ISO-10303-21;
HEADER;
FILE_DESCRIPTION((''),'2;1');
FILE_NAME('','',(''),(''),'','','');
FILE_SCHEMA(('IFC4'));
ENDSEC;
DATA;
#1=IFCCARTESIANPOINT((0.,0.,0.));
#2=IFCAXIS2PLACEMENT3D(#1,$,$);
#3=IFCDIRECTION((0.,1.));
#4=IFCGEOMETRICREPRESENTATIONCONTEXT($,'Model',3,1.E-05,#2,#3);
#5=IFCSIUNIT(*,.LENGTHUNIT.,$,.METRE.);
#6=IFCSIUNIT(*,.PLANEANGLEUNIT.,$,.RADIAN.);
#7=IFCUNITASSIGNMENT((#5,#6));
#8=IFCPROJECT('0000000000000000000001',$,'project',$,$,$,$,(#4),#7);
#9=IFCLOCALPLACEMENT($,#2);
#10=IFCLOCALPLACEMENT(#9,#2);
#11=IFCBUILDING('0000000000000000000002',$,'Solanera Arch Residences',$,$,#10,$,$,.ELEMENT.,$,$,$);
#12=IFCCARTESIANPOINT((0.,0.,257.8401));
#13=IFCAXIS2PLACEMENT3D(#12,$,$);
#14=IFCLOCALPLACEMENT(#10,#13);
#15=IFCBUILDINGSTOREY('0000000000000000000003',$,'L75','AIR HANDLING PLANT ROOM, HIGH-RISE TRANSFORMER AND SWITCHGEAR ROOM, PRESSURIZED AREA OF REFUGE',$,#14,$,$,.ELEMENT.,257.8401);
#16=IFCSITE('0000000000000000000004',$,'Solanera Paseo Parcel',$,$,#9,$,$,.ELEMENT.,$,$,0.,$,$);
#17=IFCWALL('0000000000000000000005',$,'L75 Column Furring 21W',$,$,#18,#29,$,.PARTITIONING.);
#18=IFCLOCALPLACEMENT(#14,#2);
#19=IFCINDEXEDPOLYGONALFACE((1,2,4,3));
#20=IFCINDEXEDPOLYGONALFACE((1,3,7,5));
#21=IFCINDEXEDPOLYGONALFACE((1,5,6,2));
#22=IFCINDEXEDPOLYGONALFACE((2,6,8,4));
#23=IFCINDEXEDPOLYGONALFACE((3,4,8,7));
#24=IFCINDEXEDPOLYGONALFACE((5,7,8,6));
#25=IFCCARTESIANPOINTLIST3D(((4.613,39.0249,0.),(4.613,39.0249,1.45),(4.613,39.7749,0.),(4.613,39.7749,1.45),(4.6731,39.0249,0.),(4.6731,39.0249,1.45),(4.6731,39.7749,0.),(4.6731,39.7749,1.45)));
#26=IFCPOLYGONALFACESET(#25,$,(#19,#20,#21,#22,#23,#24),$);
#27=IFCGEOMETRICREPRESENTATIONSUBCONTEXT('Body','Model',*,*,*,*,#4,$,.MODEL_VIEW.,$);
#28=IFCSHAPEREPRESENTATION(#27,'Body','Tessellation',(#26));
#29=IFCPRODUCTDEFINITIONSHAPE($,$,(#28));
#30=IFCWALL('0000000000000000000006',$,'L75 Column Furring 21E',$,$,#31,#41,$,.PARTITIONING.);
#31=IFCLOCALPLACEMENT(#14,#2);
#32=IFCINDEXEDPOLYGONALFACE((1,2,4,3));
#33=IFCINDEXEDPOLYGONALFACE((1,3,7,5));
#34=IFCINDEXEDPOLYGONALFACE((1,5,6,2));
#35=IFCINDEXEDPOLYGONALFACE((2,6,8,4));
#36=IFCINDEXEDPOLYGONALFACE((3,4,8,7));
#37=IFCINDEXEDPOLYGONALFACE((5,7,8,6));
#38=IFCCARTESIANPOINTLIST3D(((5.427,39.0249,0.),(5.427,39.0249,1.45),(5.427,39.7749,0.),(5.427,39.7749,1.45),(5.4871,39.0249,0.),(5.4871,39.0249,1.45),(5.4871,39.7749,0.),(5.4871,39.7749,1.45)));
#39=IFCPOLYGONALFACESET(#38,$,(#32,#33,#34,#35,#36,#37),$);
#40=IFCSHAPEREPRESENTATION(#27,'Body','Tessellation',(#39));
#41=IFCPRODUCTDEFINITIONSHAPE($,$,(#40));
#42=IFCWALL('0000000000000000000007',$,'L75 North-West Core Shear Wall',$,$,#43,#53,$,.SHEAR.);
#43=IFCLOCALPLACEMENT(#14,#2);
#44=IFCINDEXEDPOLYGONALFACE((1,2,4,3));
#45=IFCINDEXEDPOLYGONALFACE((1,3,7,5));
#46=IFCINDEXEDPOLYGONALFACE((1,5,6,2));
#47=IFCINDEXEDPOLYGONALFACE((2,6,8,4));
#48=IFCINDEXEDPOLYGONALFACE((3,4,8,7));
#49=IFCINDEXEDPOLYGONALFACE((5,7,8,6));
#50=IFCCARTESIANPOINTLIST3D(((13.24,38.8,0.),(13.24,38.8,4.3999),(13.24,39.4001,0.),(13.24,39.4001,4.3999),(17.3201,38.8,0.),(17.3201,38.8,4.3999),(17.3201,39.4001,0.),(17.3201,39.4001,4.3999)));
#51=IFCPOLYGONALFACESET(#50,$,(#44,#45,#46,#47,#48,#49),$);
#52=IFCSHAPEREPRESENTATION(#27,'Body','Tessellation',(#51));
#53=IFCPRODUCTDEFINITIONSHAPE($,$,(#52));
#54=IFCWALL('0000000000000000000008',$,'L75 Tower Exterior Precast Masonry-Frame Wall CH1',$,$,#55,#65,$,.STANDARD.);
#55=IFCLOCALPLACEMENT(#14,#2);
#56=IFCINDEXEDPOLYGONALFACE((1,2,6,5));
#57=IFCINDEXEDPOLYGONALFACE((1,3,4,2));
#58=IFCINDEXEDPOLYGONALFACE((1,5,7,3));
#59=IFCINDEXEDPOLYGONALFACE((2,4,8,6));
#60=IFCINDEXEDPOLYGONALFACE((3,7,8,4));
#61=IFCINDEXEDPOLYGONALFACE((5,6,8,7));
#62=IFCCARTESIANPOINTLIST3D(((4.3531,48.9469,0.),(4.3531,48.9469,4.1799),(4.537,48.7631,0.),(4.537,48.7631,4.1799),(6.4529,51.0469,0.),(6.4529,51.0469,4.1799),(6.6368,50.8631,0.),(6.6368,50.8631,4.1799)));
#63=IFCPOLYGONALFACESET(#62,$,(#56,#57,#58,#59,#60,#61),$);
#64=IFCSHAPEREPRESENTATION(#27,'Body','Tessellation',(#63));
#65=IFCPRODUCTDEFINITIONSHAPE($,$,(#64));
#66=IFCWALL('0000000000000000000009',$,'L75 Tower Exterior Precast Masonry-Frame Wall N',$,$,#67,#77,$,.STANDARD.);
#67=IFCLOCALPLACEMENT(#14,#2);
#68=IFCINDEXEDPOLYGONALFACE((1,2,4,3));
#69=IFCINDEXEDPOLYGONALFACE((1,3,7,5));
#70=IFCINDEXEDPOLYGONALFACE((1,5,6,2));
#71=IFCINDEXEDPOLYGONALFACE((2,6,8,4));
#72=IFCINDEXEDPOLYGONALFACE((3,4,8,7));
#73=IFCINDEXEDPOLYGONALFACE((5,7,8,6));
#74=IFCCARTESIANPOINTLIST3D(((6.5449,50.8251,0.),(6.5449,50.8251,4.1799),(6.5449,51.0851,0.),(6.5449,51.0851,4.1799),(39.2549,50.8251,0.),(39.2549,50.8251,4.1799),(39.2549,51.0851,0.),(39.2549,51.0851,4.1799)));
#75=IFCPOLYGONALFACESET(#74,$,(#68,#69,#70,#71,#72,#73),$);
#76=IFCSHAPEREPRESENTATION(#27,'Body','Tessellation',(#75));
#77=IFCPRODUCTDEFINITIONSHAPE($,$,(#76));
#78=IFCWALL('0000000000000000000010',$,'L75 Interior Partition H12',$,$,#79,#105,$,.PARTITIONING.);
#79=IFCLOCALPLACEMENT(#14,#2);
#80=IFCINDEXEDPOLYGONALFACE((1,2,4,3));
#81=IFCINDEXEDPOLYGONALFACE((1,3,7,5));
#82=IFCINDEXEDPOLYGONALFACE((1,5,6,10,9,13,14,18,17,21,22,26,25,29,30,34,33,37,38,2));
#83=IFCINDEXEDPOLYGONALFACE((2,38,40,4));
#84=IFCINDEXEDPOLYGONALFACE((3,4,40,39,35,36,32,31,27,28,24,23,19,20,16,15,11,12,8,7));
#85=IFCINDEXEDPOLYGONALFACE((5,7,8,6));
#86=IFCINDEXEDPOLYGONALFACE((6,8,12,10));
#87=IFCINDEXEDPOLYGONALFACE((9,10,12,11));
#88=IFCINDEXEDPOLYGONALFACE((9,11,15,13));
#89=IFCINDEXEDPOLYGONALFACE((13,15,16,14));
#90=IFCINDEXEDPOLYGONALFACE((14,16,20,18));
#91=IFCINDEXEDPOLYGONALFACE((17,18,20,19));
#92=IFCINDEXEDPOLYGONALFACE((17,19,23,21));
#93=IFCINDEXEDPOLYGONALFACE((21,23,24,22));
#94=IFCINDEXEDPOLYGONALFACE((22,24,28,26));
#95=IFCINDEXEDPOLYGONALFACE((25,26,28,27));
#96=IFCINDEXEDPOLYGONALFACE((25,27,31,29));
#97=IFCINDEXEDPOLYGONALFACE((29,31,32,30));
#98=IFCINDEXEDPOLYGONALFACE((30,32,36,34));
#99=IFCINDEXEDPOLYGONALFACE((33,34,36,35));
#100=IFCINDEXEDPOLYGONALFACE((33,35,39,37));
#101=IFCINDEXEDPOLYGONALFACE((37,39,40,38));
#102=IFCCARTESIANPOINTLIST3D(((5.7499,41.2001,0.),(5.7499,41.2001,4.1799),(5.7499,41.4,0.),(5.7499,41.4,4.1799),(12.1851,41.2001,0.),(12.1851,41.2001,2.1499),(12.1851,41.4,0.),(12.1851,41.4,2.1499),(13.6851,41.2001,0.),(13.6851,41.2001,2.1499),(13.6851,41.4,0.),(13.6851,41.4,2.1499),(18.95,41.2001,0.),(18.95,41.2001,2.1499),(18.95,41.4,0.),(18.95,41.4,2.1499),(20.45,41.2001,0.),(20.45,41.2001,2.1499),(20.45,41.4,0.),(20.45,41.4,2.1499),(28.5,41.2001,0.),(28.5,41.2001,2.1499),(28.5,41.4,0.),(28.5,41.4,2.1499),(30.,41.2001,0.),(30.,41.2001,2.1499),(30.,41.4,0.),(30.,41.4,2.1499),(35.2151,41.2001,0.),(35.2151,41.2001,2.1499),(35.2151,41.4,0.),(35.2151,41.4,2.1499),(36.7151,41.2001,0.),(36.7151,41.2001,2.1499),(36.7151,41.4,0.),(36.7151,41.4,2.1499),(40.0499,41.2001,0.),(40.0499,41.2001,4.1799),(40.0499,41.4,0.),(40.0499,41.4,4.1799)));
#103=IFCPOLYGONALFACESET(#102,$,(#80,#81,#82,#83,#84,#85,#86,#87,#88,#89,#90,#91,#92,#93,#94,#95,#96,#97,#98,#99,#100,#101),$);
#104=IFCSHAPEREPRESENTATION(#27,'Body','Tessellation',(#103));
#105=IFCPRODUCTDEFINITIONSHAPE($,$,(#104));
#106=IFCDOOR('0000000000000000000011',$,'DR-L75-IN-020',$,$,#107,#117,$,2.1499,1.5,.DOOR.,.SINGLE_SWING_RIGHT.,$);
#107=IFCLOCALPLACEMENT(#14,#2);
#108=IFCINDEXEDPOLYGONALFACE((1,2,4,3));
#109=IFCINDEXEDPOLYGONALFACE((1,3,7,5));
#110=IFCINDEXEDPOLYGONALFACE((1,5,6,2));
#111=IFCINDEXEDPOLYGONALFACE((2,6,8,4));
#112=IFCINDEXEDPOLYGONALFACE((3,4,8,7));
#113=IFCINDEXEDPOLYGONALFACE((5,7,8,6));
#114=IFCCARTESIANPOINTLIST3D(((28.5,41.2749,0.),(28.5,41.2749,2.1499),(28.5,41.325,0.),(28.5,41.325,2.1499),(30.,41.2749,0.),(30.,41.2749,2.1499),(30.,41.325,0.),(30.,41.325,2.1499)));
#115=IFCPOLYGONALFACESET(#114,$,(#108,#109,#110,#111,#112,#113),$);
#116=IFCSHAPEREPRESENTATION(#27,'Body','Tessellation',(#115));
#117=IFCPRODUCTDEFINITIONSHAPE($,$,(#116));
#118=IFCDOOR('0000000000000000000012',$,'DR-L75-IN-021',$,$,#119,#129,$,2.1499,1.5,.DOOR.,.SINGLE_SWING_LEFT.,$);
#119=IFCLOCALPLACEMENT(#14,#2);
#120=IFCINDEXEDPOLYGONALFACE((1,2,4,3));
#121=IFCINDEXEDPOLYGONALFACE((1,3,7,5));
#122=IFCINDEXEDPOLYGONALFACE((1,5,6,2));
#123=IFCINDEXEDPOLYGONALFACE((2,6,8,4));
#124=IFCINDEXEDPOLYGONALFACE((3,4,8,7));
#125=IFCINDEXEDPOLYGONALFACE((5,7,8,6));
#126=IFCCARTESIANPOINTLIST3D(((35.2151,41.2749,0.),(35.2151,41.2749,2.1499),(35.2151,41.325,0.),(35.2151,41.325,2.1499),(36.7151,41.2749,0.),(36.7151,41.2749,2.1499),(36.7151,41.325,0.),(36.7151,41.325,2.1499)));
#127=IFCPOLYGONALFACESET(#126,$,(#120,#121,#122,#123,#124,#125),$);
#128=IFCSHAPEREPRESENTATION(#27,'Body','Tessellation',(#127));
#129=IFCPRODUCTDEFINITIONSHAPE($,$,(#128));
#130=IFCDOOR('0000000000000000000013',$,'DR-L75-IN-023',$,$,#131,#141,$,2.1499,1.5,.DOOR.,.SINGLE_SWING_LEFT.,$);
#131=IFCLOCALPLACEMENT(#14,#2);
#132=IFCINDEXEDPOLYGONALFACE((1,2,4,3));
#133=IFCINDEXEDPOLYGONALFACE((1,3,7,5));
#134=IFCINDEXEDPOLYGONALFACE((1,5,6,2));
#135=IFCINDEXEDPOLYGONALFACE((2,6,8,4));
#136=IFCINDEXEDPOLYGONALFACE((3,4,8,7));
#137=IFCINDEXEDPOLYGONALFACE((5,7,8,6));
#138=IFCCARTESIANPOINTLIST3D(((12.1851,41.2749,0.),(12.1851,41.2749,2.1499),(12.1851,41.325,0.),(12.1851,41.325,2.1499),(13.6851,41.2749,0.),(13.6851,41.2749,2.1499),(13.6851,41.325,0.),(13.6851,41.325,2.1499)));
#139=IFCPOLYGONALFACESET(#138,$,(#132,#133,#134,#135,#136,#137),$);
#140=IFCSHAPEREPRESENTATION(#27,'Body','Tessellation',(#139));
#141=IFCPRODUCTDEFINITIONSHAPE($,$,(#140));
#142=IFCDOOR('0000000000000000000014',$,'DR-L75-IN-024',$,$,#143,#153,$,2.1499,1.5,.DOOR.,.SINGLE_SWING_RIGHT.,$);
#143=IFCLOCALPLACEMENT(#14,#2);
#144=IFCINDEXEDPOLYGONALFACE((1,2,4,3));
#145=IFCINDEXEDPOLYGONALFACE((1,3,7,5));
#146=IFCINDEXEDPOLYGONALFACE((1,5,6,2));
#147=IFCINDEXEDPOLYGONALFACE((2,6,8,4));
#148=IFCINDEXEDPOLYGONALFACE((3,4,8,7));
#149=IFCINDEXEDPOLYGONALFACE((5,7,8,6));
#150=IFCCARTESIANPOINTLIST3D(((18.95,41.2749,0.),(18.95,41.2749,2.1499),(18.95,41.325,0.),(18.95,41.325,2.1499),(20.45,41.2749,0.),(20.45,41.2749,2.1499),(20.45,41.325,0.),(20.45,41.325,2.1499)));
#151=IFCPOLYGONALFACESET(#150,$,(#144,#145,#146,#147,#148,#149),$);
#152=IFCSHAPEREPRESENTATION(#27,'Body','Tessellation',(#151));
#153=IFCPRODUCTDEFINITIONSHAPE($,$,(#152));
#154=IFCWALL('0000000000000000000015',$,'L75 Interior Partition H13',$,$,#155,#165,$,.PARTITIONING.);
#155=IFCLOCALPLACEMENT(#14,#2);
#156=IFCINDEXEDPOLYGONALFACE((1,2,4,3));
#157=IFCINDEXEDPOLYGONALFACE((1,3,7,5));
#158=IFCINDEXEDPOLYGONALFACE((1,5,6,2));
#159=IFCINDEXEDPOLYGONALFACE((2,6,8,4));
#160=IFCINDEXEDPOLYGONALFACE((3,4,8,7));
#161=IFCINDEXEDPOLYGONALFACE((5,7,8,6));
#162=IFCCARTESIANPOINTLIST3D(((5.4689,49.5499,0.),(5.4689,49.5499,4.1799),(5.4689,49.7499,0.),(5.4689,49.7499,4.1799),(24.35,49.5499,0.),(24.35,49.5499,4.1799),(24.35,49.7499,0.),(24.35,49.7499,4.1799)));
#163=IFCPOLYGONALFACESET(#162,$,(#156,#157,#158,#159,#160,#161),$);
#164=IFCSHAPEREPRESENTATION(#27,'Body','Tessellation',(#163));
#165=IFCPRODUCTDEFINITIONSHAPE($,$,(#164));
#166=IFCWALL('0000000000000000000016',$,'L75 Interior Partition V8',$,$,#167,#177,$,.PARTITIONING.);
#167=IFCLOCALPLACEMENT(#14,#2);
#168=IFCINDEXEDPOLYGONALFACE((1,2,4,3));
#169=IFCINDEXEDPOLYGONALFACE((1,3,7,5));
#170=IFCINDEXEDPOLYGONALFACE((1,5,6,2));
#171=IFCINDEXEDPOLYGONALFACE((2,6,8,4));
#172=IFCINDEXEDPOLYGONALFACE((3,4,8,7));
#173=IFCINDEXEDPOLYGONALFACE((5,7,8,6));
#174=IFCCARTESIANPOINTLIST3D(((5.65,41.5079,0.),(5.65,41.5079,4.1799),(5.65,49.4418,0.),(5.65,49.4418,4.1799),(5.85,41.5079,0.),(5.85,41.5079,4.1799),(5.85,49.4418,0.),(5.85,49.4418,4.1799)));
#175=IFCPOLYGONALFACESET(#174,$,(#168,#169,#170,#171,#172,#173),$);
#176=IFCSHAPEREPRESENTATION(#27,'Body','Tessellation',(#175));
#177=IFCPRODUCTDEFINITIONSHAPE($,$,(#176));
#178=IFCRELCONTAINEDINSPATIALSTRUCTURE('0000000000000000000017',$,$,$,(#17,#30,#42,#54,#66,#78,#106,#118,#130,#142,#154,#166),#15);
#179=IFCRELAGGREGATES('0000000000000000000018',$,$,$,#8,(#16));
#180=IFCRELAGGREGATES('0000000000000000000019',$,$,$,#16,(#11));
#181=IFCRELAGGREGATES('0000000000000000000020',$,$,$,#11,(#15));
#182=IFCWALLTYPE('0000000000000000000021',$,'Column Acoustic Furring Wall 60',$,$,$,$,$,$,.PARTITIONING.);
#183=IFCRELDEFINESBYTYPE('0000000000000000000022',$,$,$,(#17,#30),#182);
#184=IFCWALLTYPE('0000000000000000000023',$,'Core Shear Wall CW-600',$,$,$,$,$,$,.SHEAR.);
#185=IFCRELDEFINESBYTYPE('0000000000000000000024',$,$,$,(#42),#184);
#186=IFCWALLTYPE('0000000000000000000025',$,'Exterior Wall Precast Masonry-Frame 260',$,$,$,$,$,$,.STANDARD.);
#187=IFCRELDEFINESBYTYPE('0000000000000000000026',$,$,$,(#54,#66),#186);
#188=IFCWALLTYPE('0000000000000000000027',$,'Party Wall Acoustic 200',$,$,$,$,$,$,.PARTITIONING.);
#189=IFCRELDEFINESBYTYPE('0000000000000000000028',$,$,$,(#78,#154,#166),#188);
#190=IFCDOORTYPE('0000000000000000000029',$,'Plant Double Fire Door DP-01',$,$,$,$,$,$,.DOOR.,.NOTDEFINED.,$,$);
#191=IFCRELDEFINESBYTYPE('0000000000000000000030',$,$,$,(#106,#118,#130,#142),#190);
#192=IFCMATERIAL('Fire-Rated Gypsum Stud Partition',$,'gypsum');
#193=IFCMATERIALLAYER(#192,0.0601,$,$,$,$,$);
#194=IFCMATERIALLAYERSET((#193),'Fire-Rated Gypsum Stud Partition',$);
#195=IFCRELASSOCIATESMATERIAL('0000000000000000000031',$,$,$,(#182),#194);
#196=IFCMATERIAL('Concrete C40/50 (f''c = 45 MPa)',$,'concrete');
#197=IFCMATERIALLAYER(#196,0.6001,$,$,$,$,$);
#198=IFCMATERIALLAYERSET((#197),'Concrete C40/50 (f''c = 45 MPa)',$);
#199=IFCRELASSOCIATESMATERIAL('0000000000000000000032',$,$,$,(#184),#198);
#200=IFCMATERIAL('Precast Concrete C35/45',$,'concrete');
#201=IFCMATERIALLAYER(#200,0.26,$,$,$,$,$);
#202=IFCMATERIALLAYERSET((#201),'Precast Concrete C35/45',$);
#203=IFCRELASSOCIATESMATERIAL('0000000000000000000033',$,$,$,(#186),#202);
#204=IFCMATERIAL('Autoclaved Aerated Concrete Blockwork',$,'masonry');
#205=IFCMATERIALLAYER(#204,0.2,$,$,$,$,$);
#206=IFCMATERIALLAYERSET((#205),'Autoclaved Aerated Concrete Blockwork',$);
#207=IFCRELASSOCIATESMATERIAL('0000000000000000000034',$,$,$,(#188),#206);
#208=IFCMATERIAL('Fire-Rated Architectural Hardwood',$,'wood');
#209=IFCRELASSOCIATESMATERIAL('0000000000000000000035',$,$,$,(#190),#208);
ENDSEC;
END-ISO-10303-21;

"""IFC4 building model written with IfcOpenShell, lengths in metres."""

from ifc_helpers import new_model, si_unit, direction, frame, frame_2d, origin, place, context, subcontext, project, spatial, rectangle, extrude, material, layer, layer_set, type_object, element, fill, save


model = new_model("IFC4")

# Units and contexts
model_context = context("Model", 3, precision=1e-05, world=origin(), true_north=direction((0.0, 1.0)))
body_context = subcontext(model_context, "Body", "Model", "MODEL_VIEW")
ifc_project = project(units=[si_unit("LENGTHUNIT", "METRE"), si_unit("PLANEANGLEUNIT", "RADIAN")], contexts=[model_context])

# Site, building, storey
site_placement = place(None, origin())
site = spatial("IfcSite", under=ifc_project, at=site_placement, Name="Solanera Paseo Parcel", CompositionType="ELEMENT", RefElevation=0.0)
building_placement = place(site_placement, origin())
building = spatial("IfcBuilding", under=site, at=building_placement, Name="Solanera Arch Residences", CompositionType="ELEMENT")
storey_placement = place(building_placement, frame((0.0, 0.0, 257.8401)))
storey = spatial("IfcBuildingStorey", under=building, at=storey_placement, Name="L75", Description="AIR HANDLING PLANT ROOM, HIGH-RISE TRANSFORMER AND SWITCHGEAR ROOM, PRESSURIZED AREA OF REFUGE", CompositionType="ELEMENT", Elevation=257.8401)

# Walls
ifc_material_1 = material(Name="Fire-Rated Gypsum Stud Partition", Category="gypsum")
ifc_layer_1 = layer(ifc_material_1, 0.0601)
ifc_layer_set_1 = layer_set([ifc_layer_1], Name="Fire-Rated Gypsum Stud Partition")
wall_type_1 = type_object("IfcWallType", Name="Column Acoustic Furring Wall 60", PredefinedType="PARTITIONING", material=ifc_layer_set_1)
for number, where, z_axis, x_axis, name in (
    (1, (4.6431, 39.0249, 0.0), (0.0, 0.0, 1.0), (0.0, 1.0, 0.0), "L75 Column Furring 21W"),
    (2, (5.457, 39.0249, 0.0), (0.0, 0.0, 1.0), (0.0, 1.0, 0.0), "L75 Column Furring 21E"),
):
    element("IfcWall", number, at=place(storey_placement, frame(where, z_axis=z_axis, x_axis=x_axis)), inside=storey, type_object=wall_type_1, Name=name, PredefinedType="PARTITIONING", context=body_context, shape_type="SweptSolid", body=[
        extrude(rectangle(XDim=0.75, YDim=0.0601, at=frame_2d((0.375, 0.0))), origin(), (0.0, 0.0, 1.0), 1.45),
    ])
ifc_material_2 = material(Name="Concrete C40/50 (f'c = 45 MPa)", Category="concrete")
ifc_layer_2 = layer(ifc_material_2, 0.6001)
ifc_layer_set_2 = layer_set([ifc_layer_2], Name="Concrete C40/50 (f'c = 45 MPa)")
wall_type_2 = type_object("IfcWallType", Name="Core Shear Wall CW-600", PredefinedType="SHEAR", material=ifc_layer_set_2)
wall_1_placement = place(storey_placement, frame((13.24, 39.1001, 0.0), z_axis=(0.0, 0.0, 1.0), x_axis=(1.0, 0.0, 0.0)))
element("IfcWall", 3, at=wall_1_placement, inside=storey, type_object=wall_type_2, Name="L75 North-West Core Shear Wall", PredefinedType="SHEAR", context=body_context, shape_type="SweptSolid", body=[
    extrude(rectangle(XDim=4.0801, YDim=0.6001, at=frame_2d((2.04, 0.0))), origin(), (0.0, 0.0, 1.0), 4.3999),
])

# Walls
ifc_material_3 = material(Name="Precast Concrete C35/45", Category="concrete")
ifc_layer_3 = layer(ifc_material_3, 0.26)
ifc_layer_set_3 = layer_set([ifc_layer_3], Name="Precast Concrete C35/45")
wall_type_3 = type_object("IfcWallType", Name="Exterior Wall Precast Masonry-Frame 260", PredefinedType="STANDARD", material=ifc_layer_set_3)
wall_2_placement = place(storey_placement, frame((4.4451, 48.855, 0.0), z_axis=(0.0, 0.0, 1.0), x_axis=(0.707066, 0.707148, 0.0)))
element("IfcWall", 4, at=wall_2_placement, inside=storey, type_object=wall_type_3, Name="L75 Tower Exterior Precast Masonry-Frame Wall CH1", PredefinedType="STANDARD", context=body_context, shape_type="SweptSolid", body=[
    extrude(rectangle(XDim=2.9697, YDim=0.26, at=frame_2d((1.4849, 0.0))), origin(), (0.0, 0.0, 1.0), 4.1799),
])
wall_3_placement = place(storey_placement, frame((6.5449, 50.9551, 0.0), z_axis=(0.0, 0.0, 1.0), x_axis=(1.0, 0.0, 0.0)))
element("IfcWall", 5, at=wall_3_placement, inside=storey, type_object=wall_type_3, Name="L75 Tower Exterior Precast Masonry-Frame Wall N", PredefinedType="STANDARD", context=body_context, shape_type="SweptSolid", body=[
    extrude(rectangle(XDim=32.71, YDim=0.26, at=frame_2d((16.355, 0.0))), origin(), (0.0, 0.0, 1.0), 4.1799),
])

# Wall, openings, doors
ifc_material_4 = material(Name="Autoclaved Aerated Concrete Blockwork", Category="masonry")
ifc_layer_4 = layer(ifc_material_4, 0.2)
ifc_layer_set_4 = layer_set([ifc_layer_4], Name="Autoclaved Aerated Concrete Blockwork")
wall_type_4 = type_object("IfcWallType", Name="Party Wall Acoustic 200", PredefinedType="PARTITIONING", material=ifc_layer_set_4)
wall_4_placement = place(storey_placement, frame((5.75, 41.3, 0.0), z_axis=(0.0, 0.0, 1.0), x_axis=(1.0, 0.0, 0.0)))
wall_4 = element("IfcWall", 6, at=wall_4_placement, inside=storey, type_object=wall_type_4, Name="L75 Interior Partition H12", PredefinedType="PARTITIONING", context=body_context, shape_type="SweptSolid", body=[
    extrude(rectangle(XDim=34.3, YDim=0.2, at=frame_2d((17.1499, 0.0))), origin(), (0.0, 0.0, 1.0), 4.1799),
])
opening_1_placement = place(wall_4_placement, frame((22.75, 0.0, 0.0)))
opening_1 = element("IfcOpeningElement", 7, at=opening_1_placement, cuts=wall_4, PredefinedType="OPENING", context=body_context, shape_type="SweptSolid", body=[
    extrude(rectangle(XDim=1.5, YDim=2.1499, at=frame_2d((0.75, 1.075))), frame((0.0, 0.1101, 0.0), z_axis=(0.0, -1.0, 0.0), x_axis=(1.0, 0.0, 0.0)), (0.0, 0.0, 1.0), 0.22),
])
opening_2_placement = place(wall_4_placement, frame((29.4651, 0.0, 0.0)))
opening_2 = element("IfcOpeningElement", 8, at=opening_2_placement, cuts=wall_4, PredefinedType="OPENING", context=body_context, shape_type="SweptSolid", body=[
    extrude(rectangle(XDim=1.5, YDim=2.1499, at=frame_2d((0.75, 1.075))), frame((0.0, 0.1101, 0.0), z_axis=(0.0, -1.0, 0.0), x_axis=(1.0, 0.0, 0.0)), (0.0, 0.0, 1.0), 0.22),
])
opening_3_placement = place(wall_4_placement, frame((6.4351, 0.0, 0.0)))
opening_3 = element("IfcOpeningElement", 9, at=opening_3_placement, cuts=wall_4, PredefinedType="OPENING", context=body_context, shape_type="SweptSolid", body=[
    extrude(rectangle(XDim=1.5, YDim=2.1499, at=frame_2d((0.75, 1.075))), frame((0.0, 0.1101, 0.0), z_axis=(0.0, -1.0, 0.0), x_axis=(1.0, 0.0, 0.0)), (0.0, 0.0, 1.0), 0.22),
])
opening_4_placement = place(wall_4_placement, frame((13.2, 0.0, 0.0)))
opening_4 = element("IfcOpeningElement", 10, at=opening_4_placement, cuts=wall_4, PredefinedType="OPENING", context=body_context, shape_type="SweptSolid", body=[
    extrude(rectangle(XDim=1.5, YDim=2.1499, at=frame_2d((0.75, 1.075))), frame((0.0, 0.1101, 0.0), z_axis=(0.0, -1.0, 0.0), x_axis=(1.0, 0.0, 0.0)), (0.0, 0.0, 1.0), 0.22),
])
ifc_material_5 = material(Name="Fire-Rated Architectural Hardwood", Category="wood")
door_type_1 = type_object("IfcDoorType", Name="Plant Double Fire Door DP-01", OperationType="NOTDEFINED", PredefinedType="DOOR", material=ifc_material_5)
door_1_placement = place(opening_1_placement, origin())
door_1 = element("IfcDoor", 11, at=door_1_placement, inside=storey, type_object=door_type_1, Name="DR-L75-IN-020", OperationType="SINGLE_SWING_RIGHT", OverallHeight=2.1499, OverallWidth=1.5, PredefinedType="DOOR", context=body_context, shape_type="SweptSolid", body=[
    extrude(rectangle(XDim=1.5, YDim=2.1499, at=frame_2d((0.75, 1.075))), frame((0.0, 0.0249, 0.0), z_axis=(0.0, -1.0, 0.0), x_axis=(1.0, 0.0, 0.0)), (0.0, 0.0, 1.0), 0.05),
])
fill(opening_1, door_1)
door_2_placement = place(opening_2_placement, origin())
door_2 = element("IfcDoor", 12, at=door_2_placement, inside=storey, type_object=door_type_1, Name="DR-L75-IN-021", OperationType="SINGLE_SWING_LEFT", OverallHeight=2.1499, OverallWidth=1.5, PredefinedType="DOOR", context=body_context, shape_type="SweptSolid", body=[
    extrude(rectangle(XDim=1.5, YDim=2.1499, at=frame_2d((0.75, 1.075))), frame((0.0, 0.0249, 0.0), z_axis=(0.0, -1.0, 0.0), x_axis=(1.0, 0.0, 0.0)), (0.0, 0.0, 1.0), 0.05),
])
fill(opening_2, door_2)
door_3_placement = place(opening_3_placement, origin())
door_3 = element("IfcDoor", 13, at=door_3_placement, inside=storey, type_object=door_type_1, Name="DR-L75-IN-023", OperationType="SINGLE_SWING_LEFT", OverallHeight=2.1499, OverallWidth=1.5, PredefinedType="DOOR", context=body_context, shape_type="SweptSolid", body=[
    extrude(rectangle(XDim=1.5, YDim=2.1499, at=frame_2d((0.75, 1.075))), frame((0.0, 0.0249, 0.0), z_axis=(0.0, -1.0, 0.0), x_axis=(1.0, 0.0, 0.0)), (0.0, 0.0, 1.0), 0.05),
])
fill(opening_3, door_3)
door_4_placement = place(opening_4_placement, origin())
door_4 = element("IfcDoor", 14, at=door_4_placement, inside=storey, type_object=door_type_1, Name="DR-L75-IN-024", OperationType="SINGLE_SWING_RIGHT", OverallHeight=2.1499, OverallWidth=1.5, PredefinedType="DOOR", context=body_context, shape_type="SweptSolid", body=[
    extrude(rectangle(XDim=1.5, YDim=2.1499, at=frame_2d((0.75, 1.075))), frame((0.0, 0.0249, 0.0), z_axis=(0.0, -1.0, 0.0), x_axis=(1.0, 0.0, 0.0)), (0.0, 0.0, 1.0), 0.05),
])
fill(opening_4, door_4)

# Walls
wall_5_placement = place(storey_placement, frame((5.469, 49.6499, 0.0), z_axis=(0.0, 0.0, 1.0), x_axis=(1.0, 0.0, 0.0)))
element("IfcWall", 15, at=wall_5_placement, inside=storey, type_object=wall_type_4, Name="L75 Interior Partition H13", PredefinedType="PARTITIONING", context=body_context, shape_type="SweptSolid", body=[
    extrude(rectangle(XDim=18.8811, YDim=0.2, at=frame_2d((9.4404, 0.0))), origin(), (0.0, 0.0, 1.0), 4.1799),
])
wall_6_placement = place(storey_placement, frame((5.75, 41.5081, 0.0), z_axis=(0.0, 0.0, 1.0), x_axis=(0.0, 1.0, 0.0)))
element("IfcWall", 16, at=wall_6_placement, inside=storey, type_object=wall_type_4, Name="L75 Interior Partition V8", PredefinedType="PARTITIONING", context=body_context, shape_type="SweptSolid", body=[
    extrude(rectangle(XDim=7.9338, YDim=0.2, at=frame_2d((3.9668, 0.0))), origin(), (0.0, 0.0, 1.0), 4.1799),
])

save(model, "model.ifc")
